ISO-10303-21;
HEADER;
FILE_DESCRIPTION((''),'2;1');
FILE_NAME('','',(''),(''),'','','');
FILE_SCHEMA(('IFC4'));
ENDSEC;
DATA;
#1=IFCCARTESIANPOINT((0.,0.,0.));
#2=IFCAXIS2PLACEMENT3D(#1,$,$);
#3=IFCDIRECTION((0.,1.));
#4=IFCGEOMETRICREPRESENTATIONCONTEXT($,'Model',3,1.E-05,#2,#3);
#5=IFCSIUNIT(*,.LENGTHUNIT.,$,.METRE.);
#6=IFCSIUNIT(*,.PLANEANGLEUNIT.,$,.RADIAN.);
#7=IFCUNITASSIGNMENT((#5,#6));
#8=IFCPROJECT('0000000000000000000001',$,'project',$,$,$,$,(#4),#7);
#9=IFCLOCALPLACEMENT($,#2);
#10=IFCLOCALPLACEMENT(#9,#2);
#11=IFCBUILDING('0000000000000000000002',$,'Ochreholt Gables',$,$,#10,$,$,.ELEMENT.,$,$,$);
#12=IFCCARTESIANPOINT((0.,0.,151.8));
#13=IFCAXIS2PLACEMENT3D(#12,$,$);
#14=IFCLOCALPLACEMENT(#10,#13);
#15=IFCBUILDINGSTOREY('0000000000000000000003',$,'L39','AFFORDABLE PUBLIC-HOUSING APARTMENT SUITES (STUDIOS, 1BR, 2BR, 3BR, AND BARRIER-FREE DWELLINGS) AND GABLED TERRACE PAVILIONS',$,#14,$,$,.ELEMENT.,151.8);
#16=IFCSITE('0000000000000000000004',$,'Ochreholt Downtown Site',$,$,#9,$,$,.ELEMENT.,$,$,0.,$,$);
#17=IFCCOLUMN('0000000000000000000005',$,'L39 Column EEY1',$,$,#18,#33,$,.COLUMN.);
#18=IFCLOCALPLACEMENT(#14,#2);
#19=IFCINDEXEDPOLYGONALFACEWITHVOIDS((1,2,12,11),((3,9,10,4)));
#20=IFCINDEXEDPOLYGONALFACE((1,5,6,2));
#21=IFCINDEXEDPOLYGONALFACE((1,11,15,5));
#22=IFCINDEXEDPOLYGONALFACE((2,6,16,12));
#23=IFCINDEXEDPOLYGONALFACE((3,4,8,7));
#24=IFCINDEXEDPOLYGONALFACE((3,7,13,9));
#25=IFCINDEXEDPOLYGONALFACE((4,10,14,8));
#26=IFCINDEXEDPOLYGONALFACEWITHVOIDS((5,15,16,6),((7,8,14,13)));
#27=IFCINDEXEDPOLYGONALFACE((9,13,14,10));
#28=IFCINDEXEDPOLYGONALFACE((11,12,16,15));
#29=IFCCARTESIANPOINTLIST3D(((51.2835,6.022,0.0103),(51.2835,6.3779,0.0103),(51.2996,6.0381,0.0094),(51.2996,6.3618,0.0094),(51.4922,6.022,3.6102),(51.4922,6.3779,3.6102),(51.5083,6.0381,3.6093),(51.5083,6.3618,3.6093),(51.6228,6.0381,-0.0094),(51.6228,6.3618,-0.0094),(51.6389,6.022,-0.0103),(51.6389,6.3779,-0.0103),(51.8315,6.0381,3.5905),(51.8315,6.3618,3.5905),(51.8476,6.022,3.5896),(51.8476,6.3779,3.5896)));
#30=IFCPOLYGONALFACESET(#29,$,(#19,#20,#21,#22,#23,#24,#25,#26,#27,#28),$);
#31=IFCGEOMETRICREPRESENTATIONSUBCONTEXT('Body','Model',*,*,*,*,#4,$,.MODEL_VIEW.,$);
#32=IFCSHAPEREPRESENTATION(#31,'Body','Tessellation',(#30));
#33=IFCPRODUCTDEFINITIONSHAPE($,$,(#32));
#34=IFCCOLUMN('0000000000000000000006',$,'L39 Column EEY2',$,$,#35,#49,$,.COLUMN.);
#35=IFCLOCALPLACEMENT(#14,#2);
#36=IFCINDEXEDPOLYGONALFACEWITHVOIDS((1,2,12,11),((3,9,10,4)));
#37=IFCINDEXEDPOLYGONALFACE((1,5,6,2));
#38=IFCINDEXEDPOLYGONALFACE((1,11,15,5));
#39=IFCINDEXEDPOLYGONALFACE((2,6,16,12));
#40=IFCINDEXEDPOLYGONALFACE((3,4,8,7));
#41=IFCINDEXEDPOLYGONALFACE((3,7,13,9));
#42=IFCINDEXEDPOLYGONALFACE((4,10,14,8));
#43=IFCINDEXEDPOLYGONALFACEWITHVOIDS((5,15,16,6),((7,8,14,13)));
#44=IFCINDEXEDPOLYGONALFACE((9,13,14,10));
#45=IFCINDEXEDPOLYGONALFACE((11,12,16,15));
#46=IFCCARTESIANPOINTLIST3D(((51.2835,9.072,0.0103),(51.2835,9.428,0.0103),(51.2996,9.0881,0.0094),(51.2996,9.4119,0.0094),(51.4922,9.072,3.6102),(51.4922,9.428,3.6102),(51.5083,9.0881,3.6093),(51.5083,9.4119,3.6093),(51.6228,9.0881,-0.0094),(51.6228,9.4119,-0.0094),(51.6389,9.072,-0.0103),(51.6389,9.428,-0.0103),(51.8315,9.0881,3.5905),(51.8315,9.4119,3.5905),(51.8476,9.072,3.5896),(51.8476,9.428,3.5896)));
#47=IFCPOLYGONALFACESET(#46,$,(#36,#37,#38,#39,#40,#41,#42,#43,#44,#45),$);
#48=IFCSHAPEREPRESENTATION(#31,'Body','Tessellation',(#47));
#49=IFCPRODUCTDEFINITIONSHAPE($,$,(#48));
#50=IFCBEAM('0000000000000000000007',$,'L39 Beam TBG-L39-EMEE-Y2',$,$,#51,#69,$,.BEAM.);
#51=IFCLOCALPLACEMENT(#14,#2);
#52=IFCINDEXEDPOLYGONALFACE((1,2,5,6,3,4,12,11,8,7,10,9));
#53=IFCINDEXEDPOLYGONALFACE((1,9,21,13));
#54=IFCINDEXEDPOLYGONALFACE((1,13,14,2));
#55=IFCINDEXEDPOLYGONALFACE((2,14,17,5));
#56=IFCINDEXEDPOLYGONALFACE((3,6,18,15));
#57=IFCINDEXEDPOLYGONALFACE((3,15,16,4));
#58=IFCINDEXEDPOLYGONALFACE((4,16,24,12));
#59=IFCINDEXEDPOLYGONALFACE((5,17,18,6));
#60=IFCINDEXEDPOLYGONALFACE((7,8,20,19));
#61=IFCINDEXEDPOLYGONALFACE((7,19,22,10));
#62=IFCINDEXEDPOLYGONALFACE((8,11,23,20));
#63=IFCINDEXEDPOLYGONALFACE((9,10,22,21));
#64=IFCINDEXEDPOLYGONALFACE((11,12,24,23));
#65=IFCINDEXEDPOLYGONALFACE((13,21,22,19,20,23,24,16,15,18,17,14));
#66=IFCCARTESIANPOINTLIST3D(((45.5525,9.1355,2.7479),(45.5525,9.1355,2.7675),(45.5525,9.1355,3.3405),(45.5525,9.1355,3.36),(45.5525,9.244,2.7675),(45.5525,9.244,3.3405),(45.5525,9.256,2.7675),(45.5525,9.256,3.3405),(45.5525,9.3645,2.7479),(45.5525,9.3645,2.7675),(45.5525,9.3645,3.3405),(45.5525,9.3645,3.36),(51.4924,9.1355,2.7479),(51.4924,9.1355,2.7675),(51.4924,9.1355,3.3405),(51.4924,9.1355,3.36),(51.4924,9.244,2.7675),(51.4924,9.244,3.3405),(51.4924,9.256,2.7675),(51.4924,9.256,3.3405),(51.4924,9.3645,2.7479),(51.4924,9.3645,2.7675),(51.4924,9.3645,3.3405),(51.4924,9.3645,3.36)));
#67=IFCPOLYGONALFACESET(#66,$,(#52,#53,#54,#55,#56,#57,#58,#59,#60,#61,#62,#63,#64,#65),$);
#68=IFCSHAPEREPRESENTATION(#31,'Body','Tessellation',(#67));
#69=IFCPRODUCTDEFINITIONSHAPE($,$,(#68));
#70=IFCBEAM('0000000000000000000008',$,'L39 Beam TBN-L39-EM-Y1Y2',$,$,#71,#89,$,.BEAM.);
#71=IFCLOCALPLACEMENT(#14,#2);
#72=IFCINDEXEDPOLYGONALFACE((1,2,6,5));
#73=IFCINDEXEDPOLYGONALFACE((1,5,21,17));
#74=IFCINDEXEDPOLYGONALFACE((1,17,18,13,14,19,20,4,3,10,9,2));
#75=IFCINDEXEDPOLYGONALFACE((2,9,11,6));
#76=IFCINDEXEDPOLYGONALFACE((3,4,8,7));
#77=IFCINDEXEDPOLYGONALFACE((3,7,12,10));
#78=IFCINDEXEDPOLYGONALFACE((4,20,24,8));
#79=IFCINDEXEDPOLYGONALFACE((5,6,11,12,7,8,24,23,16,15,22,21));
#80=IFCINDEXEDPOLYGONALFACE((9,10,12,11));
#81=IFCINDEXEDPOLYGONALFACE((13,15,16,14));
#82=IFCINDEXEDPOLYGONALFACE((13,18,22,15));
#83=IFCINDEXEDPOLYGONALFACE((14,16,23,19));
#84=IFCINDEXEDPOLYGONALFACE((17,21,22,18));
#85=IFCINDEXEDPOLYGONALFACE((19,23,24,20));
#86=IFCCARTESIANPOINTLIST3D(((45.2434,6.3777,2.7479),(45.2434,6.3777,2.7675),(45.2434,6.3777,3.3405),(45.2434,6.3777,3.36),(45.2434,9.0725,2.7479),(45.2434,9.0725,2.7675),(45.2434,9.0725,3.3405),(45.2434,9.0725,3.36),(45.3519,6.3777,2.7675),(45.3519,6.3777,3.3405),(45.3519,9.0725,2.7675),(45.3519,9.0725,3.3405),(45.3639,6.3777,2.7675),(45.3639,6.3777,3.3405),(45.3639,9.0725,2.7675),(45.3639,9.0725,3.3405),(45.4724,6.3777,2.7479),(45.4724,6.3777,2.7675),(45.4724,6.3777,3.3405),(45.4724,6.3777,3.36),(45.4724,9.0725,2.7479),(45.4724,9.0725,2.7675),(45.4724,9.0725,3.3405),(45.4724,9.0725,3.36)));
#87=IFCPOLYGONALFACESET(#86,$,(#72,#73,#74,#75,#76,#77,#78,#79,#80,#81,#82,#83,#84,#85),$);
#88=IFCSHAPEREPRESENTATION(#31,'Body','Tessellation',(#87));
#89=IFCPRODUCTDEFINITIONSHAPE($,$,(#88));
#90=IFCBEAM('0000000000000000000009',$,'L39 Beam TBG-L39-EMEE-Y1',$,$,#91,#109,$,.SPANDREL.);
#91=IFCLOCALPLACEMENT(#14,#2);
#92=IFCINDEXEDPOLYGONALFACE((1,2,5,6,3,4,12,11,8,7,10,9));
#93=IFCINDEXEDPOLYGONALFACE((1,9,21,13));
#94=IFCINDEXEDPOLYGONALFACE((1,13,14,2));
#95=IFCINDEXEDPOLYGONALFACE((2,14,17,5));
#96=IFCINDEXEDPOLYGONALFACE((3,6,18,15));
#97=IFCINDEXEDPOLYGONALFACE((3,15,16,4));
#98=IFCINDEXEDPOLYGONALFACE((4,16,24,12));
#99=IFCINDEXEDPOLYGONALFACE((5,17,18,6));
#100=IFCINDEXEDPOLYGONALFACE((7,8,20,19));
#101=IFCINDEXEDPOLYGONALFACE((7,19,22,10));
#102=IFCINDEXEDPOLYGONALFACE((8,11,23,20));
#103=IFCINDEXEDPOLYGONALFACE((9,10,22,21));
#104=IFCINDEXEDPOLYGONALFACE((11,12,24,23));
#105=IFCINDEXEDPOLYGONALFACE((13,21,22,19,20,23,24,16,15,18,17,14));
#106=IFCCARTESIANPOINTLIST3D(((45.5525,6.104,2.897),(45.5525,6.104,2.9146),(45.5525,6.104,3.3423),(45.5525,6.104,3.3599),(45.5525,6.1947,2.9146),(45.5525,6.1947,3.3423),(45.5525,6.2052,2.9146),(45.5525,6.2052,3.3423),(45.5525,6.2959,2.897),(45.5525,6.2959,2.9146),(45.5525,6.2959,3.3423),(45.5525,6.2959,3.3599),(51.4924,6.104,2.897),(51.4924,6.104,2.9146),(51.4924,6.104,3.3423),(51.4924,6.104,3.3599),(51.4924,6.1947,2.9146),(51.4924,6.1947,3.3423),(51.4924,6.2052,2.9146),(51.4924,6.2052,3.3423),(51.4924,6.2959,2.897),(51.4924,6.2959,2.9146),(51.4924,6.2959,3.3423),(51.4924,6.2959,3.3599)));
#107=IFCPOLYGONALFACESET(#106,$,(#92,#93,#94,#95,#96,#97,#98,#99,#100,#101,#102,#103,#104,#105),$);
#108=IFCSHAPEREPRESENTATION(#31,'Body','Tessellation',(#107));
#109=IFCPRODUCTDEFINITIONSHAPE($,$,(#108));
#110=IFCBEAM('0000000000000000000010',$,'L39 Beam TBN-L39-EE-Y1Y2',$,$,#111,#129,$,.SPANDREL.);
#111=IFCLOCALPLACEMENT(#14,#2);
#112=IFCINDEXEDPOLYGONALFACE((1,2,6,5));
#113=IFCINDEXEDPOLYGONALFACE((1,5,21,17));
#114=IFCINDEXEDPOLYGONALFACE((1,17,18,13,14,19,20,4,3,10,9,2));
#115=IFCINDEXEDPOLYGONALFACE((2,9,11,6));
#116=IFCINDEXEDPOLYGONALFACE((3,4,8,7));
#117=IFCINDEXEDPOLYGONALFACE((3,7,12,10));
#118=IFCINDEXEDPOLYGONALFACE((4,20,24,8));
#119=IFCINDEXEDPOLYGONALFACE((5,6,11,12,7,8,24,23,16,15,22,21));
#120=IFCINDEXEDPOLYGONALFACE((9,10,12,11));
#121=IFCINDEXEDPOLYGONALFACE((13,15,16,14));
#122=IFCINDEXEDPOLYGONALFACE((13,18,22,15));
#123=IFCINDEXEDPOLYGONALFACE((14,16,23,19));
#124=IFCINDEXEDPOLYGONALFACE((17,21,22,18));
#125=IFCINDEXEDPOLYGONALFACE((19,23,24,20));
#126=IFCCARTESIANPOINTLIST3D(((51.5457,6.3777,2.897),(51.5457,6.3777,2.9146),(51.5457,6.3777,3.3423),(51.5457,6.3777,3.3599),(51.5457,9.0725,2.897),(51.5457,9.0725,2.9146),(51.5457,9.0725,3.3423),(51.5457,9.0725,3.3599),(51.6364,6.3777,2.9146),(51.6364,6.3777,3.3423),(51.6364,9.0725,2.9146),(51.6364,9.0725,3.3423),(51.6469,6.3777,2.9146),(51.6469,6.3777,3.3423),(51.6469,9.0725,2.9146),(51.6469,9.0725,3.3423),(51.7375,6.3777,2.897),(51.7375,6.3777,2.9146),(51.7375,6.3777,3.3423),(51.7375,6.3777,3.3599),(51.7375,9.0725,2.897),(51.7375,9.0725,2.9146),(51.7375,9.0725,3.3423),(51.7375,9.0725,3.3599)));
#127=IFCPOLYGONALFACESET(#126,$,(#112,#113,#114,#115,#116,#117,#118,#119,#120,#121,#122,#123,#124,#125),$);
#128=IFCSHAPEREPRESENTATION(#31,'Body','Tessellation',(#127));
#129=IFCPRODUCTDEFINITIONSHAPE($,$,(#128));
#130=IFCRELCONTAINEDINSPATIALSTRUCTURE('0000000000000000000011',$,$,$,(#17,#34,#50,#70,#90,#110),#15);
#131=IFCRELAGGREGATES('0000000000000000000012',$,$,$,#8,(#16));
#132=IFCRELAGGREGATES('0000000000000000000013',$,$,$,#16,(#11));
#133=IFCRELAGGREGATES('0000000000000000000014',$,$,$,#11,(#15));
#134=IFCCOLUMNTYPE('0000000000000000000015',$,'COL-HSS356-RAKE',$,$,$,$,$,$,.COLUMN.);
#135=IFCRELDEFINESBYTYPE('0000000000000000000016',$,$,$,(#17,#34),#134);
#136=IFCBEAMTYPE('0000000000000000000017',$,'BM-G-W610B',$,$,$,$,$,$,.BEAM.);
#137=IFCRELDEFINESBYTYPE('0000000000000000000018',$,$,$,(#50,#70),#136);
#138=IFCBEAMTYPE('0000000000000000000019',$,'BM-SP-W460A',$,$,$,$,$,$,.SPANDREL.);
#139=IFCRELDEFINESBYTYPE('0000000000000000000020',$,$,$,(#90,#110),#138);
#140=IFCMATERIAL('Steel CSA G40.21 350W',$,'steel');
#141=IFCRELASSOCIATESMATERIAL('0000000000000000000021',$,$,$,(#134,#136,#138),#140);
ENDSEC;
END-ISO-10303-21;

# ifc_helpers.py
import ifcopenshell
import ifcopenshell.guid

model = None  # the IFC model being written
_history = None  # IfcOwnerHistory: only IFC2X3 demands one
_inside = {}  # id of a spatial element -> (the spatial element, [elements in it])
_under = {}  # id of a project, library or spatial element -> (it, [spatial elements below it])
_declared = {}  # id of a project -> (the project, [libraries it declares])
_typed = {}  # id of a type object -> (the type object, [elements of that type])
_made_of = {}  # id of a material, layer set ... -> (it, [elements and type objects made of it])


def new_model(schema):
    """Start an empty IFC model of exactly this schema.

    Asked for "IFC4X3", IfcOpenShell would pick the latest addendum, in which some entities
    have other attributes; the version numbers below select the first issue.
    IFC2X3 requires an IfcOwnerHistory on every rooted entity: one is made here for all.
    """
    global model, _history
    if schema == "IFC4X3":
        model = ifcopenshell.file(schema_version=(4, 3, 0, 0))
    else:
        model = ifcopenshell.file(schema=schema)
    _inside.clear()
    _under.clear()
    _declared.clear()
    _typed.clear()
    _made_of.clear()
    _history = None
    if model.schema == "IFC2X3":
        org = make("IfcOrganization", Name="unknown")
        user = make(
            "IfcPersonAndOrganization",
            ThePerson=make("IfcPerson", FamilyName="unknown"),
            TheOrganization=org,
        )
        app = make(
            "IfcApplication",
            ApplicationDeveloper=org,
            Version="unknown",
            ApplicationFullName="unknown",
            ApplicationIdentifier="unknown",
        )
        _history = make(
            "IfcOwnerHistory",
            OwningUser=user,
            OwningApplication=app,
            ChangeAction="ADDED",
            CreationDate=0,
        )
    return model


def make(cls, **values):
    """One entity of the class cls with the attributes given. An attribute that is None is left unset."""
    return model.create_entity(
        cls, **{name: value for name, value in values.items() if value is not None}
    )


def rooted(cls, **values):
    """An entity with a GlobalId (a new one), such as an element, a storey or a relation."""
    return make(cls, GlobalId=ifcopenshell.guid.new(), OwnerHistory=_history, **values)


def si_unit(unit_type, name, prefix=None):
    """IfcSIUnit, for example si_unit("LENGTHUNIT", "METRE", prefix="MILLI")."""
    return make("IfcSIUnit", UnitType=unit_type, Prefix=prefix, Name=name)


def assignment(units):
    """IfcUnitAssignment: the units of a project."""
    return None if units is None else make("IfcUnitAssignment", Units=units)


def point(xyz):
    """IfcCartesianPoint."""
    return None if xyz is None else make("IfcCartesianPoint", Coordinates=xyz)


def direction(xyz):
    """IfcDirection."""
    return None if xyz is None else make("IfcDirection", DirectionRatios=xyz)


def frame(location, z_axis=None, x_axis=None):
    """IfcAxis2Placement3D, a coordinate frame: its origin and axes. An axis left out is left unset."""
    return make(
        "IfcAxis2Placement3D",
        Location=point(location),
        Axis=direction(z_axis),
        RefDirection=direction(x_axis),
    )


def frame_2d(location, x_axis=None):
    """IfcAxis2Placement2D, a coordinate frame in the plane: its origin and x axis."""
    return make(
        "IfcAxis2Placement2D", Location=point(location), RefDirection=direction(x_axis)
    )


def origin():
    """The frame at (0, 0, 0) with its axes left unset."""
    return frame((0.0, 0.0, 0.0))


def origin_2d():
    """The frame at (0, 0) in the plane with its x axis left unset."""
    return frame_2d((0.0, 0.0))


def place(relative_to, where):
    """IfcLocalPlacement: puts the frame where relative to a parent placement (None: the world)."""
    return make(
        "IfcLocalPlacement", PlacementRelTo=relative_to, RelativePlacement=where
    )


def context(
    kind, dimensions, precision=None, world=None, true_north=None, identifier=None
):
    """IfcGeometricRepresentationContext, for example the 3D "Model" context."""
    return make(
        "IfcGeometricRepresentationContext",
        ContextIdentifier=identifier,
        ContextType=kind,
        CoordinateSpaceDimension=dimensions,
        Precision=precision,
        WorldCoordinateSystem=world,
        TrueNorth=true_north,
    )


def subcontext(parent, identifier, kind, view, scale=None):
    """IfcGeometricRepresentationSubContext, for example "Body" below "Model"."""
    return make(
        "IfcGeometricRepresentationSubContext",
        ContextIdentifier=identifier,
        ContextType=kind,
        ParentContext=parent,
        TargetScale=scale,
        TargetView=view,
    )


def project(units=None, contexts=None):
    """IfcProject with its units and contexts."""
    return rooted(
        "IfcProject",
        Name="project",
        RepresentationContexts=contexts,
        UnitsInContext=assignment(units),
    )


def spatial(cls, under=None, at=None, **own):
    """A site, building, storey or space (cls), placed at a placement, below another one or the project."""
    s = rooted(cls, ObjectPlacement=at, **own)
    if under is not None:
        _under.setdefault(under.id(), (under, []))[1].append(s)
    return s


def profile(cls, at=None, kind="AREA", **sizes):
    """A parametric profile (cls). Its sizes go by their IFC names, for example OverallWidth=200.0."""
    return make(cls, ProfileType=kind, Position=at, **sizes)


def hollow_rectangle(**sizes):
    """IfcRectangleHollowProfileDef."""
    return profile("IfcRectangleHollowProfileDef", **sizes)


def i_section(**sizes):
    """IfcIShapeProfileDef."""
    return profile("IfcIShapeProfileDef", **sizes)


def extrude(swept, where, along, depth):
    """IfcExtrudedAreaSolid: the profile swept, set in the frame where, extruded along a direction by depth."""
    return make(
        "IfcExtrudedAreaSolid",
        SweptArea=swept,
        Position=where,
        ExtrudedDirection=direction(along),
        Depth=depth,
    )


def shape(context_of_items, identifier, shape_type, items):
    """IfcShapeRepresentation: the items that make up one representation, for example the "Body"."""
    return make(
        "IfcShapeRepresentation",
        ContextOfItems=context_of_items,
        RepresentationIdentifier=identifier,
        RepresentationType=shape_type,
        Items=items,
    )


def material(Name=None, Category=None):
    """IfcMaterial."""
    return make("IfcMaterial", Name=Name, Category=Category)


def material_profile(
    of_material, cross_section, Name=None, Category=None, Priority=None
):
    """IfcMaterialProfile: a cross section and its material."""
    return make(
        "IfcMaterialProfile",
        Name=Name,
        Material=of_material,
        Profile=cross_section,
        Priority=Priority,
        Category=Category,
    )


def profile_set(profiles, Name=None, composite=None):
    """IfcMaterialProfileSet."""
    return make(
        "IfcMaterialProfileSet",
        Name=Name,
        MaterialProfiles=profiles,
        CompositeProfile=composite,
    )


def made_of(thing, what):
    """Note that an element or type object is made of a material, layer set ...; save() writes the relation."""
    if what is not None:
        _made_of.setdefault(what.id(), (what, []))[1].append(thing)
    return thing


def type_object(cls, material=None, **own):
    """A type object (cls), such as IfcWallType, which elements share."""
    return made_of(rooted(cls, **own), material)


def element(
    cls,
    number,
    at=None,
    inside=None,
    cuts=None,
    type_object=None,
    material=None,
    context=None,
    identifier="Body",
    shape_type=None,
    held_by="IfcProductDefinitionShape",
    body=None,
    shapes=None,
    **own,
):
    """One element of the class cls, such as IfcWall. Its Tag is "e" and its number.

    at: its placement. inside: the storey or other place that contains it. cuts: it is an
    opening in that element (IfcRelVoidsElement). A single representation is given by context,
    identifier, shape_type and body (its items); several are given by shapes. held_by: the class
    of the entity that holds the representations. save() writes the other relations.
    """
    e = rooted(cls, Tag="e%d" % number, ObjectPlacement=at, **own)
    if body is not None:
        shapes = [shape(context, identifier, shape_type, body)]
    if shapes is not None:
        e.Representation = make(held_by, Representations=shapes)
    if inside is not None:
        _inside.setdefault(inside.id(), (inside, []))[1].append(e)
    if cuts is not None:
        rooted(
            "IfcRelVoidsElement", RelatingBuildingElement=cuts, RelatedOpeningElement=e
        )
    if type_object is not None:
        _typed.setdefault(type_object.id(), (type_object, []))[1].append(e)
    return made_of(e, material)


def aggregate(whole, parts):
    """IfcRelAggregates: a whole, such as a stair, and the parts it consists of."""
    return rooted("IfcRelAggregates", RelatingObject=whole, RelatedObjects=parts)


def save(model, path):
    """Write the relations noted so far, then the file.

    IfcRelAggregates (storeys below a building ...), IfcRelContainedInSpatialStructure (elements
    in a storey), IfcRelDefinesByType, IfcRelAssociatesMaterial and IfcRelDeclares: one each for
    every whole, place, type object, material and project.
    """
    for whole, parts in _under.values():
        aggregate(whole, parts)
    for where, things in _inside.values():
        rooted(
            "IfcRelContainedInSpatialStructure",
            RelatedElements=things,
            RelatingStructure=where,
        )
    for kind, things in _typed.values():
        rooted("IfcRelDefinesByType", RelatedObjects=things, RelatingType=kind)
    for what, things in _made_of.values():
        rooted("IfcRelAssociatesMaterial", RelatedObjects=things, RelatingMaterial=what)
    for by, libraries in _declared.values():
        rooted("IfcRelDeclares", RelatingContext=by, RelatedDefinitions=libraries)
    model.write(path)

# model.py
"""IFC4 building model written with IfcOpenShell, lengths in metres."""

from ifc_helpers import new_model, si_unit, direction, frame, origin, origin_2d, place, context, subcontext, project, spatial, hollow_rectangle, i_section, extrude, material, material_profile, profile_set, type_object, element, save


model = new_model("IFC4")

# Units and contexts
model_context = context("Model", 3, precision=1e-05, world=origin(), true_north=direction((0.0, 1.0)))
body_context = subcontext(model_context, "Body", "Model", "MODEL_VIEW")
ifc_project = project(units=[si_unit("LENGTHUNIT", "METRE"), si_unit("PLANEANGLEUNIT", "RADIAN")], contexts=[model_context])

# Site, building, storey
site_placement = place(None, origin())
site = spatial("IfcSite", under=ifc_project, at=site_placement, Name="Ochreholt Downtown Site", CompositionType="ELEMENT", RefElevation=0.0)
building_placement = place(site_placement, origin())
building = spatial("IfcBuilding", under=site, at=building_placement, Name="Ochreholt Gables", CompositionType="ELEMENT")
storey_placement = place(building_placement, frame((0.0, 0.0, 151.8)))
storey = spatial("IfcBuildingStorey", under=building, at=storey_placement, Name="L39", Description="AFFORDABLE PUBLIC-HOUSING APARTMENT SUITES (STUDIOS, 1BR, 2BR, 3BR, AND BARRIER-FREE DWELLINGS) AND GABLED TERRACE PAVILIONS", CompositionType="ELEMENT", Elevation=151.8)

# Columns
ifc_material_1 = material(Name="Steel CSA G40.21 350W", Category="steel")
ifc_material_profile_1 = material_profile(ifc_material_1, hollow_rectangle(XDim=0.356, YDim=0.356, WallThickness=0.0161, at=origin_2d()), Name="HSS356X356X16")
ifc_profile_set_1 = profile_set([ifc_material_profile_1], Name="Steel CSA G40.21 350W")
column_type = type_object("IfcColumnType", Name="COL-HSS356-RAKE", PredefinedType="COLUMN", material=ifc_profile_set_1)
for number, where, z_axis, x_axis, name in (
    (1, (51.4612, 6.2, 0.0), (0.057889, 0.0, 0.998323), (0.0, 1.0, 0.0), "L39 Column EEY1"),
    (2, (51.4612, 9.25, 0.0), (0.057889, 0.0, 0.998323), (0.0, 1.0, 0.0), "L39 Column EEY2"),
):
    element("IfcColumn", number, at=place(storey_placement, frame(where, z_axis=z_axis, x_axis=x_axis)), inside=storey, type_object=column_type, Name=name, PredefinedType="COLUMN", context=body_context, shape_type="SweptSolid", body=[
        extrude(hollow_rectangle(XDim=0.356, YDim=0.356, WallThickness=0.0161, at=origin_2d()), origin(), (0.0, 0.0, 1.0), 3.606),
    ])

# Beams
ifc_material_profile_2 = material_profile(ifc_material_1, i_section(OverallWidth=0.229, OverallDepth=0.6121, WebThickness=0.012, FlangeThickness=0.0195, at=origin_2d()), Name="W610X125")
ifc_profile_set_2 = profile_set([ifc_material_profile_2], Name="Steel CSA G40.21 350W")
beam_type_1 = type_object("IfcBeamType", Name="BM-G-W610B", PredefinedType="BEAM", material=ifc_profile_set_2)
beam_1_placement = place(storey_placement, frame((45.5525, 9.25, 3.054), z_axis=(1.0, 0.0, 0.0), x_axis=(0.0, 1.0, 0.0)))
element("IfcBeam", 3, at=beam_1_placement, inside=storey, type_object=beam_type_1, Name="L39 Beam TBG-L39-EMEE-Y2", PredefinedType="BEAM", context=body_context, shape_type="SweptSolid", body=[
    extrude(i_section(OverallWidth=0.229, OverallDepth=0.6121, WebThickness=0.012, FlangeThickness=0.0195, at=origin_2d()), origin(), (0.0, 0.0, 1.0), 5.9399),
])
beam_2_placement = place(storey_placement, frame((45.3579, 6.3777, 3.054), z_axis=(0.0, 1.0, 0.0), x_axis=(-1.0, 0.0, 0.0)))
element("IfcBeam", 4, at=beam_2_placement, inside=storey, type_object=beam_type_1, Name="L39 Beam TBN-L39-EM-Y1Y2", PredefinedType="BEAM", context=body_context, shape_type="SweptSolid", body=[
    extrude(i_section(OverallWidth=0.229, OverallDepth=0.6121, WebThickness=0.012, FlangeThickness=0.0195, at=origin_2d()), origin(), (0.0, 0.0, 1.0), 2.6948),
])
ifc_material_profile_3 = material_profile(ifc_material_1, i_section(OverallWidth=0.1919, OverallDepth=0.4629, WebThickness=0.0105, FlangeThickness=0.0176, at=origin_2d()), Name="W460X89")
ifc_profile_set_3 = profile_set([ifc_material_profile_3], Name="Steel CSA G40.21 350W")
beam_type_2 = type_object("IfcBeamType", Name="BM-SP-W460A", PredefinedType="SPANDREL", material=ifc_profile_set_3)
beam_3_placement = place(storey_placement, frame((45.5525, 6.2, 3.1284), z_axis=(1.0, 0.0, 0.0), x_axis=(0.0, 1.0, 0.0)))
element("IfcBeam", 5, at=beam_3_placement, inside=storey, type_object=beam_type_2, Name="L39 Beam TBG-L39-EMEE-Y1", PredefinedType="SPANDREL", context=body_context, shape_type="SweptSolid", body=[
    extrude(i_section(OverallWidth=0.1919, OverallDepth=0.4629, WebThickness=0.0105, FlangeThickness=0.0176, at=origin_2d()), origin(), (0.0, 0.0, 1.0), 5.9399),
])
beam_4_placement = place(storey_placement, frame((51.6416, 6.3777, 3.1284), z_axis=(0.0, 1.0, 0.0), x_axis=(-1.0, 0.0, 0.0)))
element("IfcBeam", 6, at=beam_4_placement, inside=storey, type_object=beam_type_2, Name="L39 Beam TBN-L39-EE-Y1Y2", PredefinedType="SPANDREL", context=body_context, shape_type="SweptSolid", body=[
    extrude(i_section(OverallWidth=0.1919, OverallDepth=0.4629, WebThickness=0.0105, FlangeThickness=0.0176, at=origin_2d()), origin(), (0.0, 0.0, 1.0), 2.6948),
])

save(model, "model.ifc")
